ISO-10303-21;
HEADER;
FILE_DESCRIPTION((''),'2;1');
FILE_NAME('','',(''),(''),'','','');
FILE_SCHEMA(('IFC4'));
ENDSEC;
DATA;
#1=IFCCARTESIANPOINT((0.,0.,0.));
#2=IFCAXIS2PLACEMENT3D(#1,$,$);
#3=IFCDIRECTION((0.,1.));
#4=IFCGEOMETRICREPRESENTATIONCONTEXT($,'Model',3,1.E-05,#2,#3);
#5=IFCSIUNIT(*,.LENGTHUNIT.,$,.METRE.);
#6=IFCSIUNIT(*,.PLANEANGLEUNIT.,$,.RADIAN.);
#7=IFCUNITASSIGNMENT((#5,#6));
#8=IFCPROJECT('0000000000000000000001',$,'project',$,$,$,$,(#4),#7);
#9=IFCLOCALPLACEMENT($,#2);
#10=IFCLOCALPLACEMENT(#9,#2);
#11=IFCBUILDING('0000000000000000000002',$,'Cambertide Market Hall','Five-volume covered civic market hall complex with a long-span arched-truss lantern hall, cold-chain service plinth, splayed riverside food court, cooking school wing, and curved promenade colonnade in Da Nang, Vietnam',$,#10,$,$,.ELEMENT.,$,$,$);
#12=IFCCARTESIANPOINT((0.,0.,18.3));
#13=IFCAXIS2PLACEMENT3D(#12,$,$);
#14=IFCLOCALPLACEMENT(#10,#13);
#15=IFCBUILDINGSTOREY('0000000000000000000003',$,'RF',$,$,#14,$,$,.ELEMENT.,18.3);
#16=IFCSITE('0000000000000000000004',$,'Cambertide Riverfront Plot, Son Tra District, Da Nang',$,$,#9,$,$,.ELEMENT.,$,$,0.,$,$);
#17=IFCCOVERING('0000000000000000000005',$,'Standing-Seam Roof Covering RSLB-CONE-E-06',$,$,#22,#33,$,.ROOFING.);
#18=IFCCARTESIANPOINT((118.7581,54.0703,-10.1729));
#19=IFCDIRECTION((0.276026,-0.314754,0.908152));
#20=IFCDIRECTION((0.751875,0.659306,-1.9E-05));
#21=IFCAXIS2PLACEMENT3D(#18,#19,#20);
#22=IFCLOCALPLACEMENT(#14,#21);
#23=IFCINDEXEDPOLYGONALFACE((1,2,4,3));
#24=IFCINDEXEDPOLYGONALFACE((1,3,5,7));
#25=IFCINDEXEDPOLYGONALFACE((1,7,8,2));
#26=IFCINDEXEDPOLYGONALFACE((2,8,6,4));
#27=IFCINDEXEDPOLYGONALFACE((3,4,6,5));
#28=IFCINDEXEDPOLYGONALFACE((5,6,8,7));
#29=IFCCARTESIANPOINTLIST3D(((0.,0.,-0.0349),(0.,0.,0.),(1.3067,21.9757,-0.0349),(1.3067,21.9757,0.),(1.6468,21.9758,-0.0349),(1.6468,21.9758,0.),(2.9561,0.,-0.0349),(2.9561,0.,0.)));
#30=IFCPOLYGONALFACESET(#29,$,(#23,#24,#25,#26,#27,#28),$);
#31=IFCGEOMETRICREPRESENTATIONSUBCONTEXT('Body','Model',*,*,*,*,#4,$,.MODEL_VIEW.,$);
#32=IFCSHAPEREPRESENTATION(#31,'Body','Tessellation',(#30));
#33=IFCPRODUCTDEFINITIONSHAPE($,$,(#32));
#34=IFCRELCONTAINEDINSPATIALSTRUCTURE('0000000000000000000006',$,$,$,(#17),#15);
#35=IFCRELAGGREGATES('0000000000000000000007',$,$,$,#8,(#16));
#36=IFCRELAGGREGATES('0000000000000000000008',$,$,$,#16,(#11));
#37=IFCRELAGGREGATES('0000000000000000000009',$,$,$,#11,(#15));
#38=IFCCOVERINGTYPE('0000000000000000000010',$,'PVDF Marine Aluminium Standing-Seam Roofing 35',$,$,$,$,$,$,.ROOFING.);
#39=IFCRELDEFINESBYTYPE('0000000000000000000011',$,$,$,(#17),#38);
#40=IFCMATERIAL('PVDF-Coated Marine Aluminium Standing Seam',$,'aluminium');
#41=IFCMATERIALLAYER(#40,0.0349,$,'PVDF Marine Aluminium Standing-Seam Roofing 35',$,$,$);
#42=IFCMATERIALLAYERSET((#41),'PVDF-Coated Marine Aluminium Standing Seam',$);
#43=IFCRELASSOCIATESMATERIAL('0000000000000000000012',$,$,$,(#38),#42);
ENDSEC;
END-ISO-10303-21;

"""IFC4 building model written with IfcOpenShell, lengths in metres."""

from ifc_helpers import new_model, si_unit, direction, frame, origin, place, context, subcontext, project, spatial, polyline, outline, extrude, material, layer, layer_set, type_object, element, save


model = new_model("IFC4")

# Units and contexts
model_context = context("Model", 3, precision=1e-05, world=origin(), true_north=direction((0.0, 1.0)))
body_context = subcontext(model_context, "Body", "Model", "MODEL_VIEW")
ifc_project = project(units=[si_unit("LENGTHUNIT", "METRE"), si_unit("PLANEANGLEUNIT", "RADIAN")], contexts=[model_context])

# Site, building, storey
site_placement = place(None, origin())
site = spatial("IfcSite", under=ifc_project, at=site_placement, Name="Cambertide Riverfront Plot, Son Tra District, Da Nang", CompositionType="ELEMENT", RefElevation=0.0)
building_placement = place(site_placement, origin())
building = spatial("IfcBuilding", under=site, at=building_placement, Name="Cambertide Market Hall", Description="Five-volume covered civic market hall complex with a long-span arched-truss lantern hall, cold-chain service plinth, splayed riverside food court, cooking school wing, and curved promenade colonnade in Da Nang, Vietnam", CompositionType="ELEMENT")
storey_placement = place(building_placement, frame((0.0, 0.0, 18.3)))
storey = spatial("IfcBuildingStorey", under=building, at=storey_placement, Name="RF", CompositionType="ELEMENT", Elevation=18.3)

# Covering
ifc_material_1 = material(Name="PVDF-Coated Marine Aluminium Standing Seam", Category="aluminium")
ifc_layer_1 = layer(ifc_material_1, 0.0349, Name="PVDF Marine Aluminium Standing-Seam Roofing 35")
ifc_layer_set_1 = layer_set([ifc_layer_1], Name="PVDF-Coated Marine Aluminium Standing Seam")
covering_type = type_object("IfcCoveringType", Name="PVDF Marine Aluminium Standing-Seam Roofing 35", PredefinedType="ROOFING", material=ifc_layer_set_1)
covering_1_placement = place(storey_placement, frame((118.7581, 54.0703, -10.1729), z_axis=(0.276026, -0.314754, 0.908152), x_axis=(0.751875, 0.659306, -0.000019)))
element("IfcCovering", 1, at=covering_1_placement, inside=storey, type_object=covering_type, Name="Standing-Seam Roof Covering RSLB-CONE-E-06", PredefinedType="ROOFING", context=body_context, shape_type="SweptSolid", body=[
    extrude(outline(polyline([(0.0, 0.0), (2.9561, 0.0), (1.6468, 21.9758), (1.3067, 21.9757), (0.0, 0.0)])), origin(), (0.0, 0.0, -1.0), 0.0349),
])

save(model, "model.ifc")
